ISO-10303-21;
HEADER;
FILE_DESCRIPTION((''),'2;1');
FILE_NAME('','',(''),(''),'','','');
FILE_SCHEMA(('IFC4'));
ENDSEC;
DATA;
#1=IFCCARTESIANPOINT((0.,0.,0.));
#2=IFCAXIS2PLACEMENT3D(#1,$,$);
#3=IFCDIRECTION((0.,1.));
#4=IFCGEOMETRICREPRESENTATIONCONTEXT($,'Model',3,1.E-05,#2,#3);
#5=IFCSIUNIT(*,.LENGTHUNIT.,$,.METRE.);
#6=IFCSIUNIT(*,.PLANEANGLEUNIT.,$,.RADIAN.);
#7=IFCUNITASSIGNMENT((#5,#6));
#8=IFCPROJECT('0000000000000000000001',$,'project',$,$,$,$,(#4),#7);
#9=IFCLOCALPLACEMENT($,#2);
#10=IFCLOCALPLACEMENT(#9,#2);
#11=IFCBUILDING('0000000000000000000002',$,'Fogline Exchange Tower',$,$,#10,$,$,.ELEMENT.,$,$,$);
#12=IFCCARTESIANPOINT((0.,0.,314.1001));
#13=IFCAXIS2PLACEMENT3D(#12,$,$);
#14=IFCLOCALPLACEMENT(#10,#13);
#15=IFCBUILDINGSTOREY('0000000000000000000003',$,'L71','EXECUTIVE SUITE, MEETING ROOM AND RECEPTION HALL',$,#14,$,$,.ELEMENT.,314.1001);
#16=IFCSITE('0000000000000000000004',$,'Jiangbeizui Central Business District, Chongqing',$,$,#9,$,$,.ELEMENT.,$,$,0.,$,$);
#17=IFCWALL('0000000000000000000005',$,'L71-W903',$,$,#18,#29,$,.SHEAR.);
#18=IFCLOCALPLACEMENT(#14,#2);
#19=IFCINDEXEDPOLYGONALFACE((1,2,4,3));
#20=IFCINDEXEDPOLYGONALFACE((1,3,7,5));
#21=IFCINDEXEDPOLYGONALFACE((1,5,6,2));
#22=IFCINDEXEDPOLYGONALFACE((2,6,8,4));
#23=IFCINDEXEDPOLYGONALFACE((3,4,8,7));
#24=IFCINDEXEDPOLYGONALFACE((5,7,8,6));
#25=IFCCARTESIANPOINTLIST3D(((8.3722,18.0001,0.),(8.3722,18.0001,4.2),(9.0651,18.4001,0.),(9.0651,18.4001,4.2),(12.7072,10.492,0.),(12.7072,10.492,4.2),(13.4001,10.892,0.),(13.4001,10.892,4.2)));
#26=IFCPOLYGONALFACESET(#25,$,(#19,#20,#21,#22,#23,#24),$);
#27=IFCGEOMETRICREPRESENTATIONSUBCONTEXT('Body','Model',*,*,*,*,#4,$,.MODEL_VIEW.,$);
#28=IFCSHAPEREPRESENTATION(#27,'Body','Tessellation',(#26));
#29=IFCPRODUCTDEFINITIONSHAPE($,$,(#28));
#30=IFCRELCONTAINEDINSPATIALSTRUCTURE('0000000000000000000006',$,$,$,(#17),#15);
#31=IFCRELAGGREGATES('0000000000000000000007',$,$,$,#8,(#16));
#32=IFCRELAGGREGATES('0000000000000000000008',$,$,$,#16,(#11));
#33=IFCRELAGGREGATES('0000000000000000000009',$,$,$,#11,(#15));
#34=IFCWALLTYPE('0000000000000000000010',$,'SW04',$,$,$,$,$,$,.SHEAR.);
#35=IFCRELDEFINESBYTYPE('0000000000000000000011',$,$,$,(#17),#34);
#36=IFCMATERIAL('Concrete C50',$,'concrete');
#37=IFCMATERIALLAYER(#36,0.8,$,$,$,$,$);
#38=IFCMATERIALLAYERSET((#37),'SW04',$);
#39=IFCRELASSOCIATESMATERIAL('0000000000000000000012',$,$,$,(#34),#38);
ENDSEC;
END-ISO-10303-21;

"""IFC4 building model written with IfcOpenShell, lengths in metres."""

from ifc_helpers import new_model, si_unit, direction, frame, frame_2d, origin, place, context, subcontext, project, spatial, rectangle, extrude, material, layer, layer_set, type_object, element, save


model = new_model("IFC4")

# Units and contexts
model_context = context("Model", 3, precision=1e-05, world=origin(), true_north=direction((0.0, 1.0)))
body_context = subcontext(model_context, "Body", "Model", "MODEL_VIEW")
ifc_project = project(units=[si_unit("LENGTHUNIT", "METRE"), si_unit("PLANEANGLEUNIT", "RADIAN")], contexts=[model_context])

# Site, building, storey
site_placement = place(None, origin())
site = spatial("IfcSite", under=ifc_project, at=site_placement, Name="Jiangbeizui Central Business District, Chongqing", CompositionType="ELEMENT", RefElevation=0.0)
building_placement = place(site_placement, origin())
building = spatial("IfcBuilding", under=site, at=building_placement, Name="Fogline Exchange Tower", CompositionType="ELEMENT")
storey_placement = place(building_placement, frame((0.0, 0.0, 314.1001)))
storey = spatial("IfcBuildingStorey", under=building, at=storey_placement, Name="L71", Description="EXECUTIVE SUITE, MEETING ROOM AND RECEPTION HALL", CompositionType="ELEMENT", Elevation=314.1001)

# Shared definitions
ifc_material_1 = material(Name="Concrete C50", Category="concrete")
ifc_layer_1 = layer(ifc_material_1, 0.8)
ifc_layer_set_1 = layer_set([ifc_layer_1], Name="SW04")
wall_type_1 = type_object("IfcWallType", Name="SW04", PredefinedType="SHEAR", material=ifc_layer_set_1)

# Wall
wall_1_placement = place(storey_placement, frame((13.0537, 10.6919, 0.0), z_axis=(0.0, 0.0, 1.0), x_axis=(-0.500016, 0.866016, 0.0)))
element("IfcWall", 1, at=wall_1_placement, inside=storey, type_object=wall_type_1, Name="L71-W903", PredefinedType="SHEAR", context=body_context, shape_type="SweptSolid", body=[
    extrude(rectangle(XDim=8.6697, YDim=0.8, at=frame_2d((4.335, 0.0))), origin(), (0.0, 0.0, 1.0), 4.2),
])

save(model, "model.ifc")
